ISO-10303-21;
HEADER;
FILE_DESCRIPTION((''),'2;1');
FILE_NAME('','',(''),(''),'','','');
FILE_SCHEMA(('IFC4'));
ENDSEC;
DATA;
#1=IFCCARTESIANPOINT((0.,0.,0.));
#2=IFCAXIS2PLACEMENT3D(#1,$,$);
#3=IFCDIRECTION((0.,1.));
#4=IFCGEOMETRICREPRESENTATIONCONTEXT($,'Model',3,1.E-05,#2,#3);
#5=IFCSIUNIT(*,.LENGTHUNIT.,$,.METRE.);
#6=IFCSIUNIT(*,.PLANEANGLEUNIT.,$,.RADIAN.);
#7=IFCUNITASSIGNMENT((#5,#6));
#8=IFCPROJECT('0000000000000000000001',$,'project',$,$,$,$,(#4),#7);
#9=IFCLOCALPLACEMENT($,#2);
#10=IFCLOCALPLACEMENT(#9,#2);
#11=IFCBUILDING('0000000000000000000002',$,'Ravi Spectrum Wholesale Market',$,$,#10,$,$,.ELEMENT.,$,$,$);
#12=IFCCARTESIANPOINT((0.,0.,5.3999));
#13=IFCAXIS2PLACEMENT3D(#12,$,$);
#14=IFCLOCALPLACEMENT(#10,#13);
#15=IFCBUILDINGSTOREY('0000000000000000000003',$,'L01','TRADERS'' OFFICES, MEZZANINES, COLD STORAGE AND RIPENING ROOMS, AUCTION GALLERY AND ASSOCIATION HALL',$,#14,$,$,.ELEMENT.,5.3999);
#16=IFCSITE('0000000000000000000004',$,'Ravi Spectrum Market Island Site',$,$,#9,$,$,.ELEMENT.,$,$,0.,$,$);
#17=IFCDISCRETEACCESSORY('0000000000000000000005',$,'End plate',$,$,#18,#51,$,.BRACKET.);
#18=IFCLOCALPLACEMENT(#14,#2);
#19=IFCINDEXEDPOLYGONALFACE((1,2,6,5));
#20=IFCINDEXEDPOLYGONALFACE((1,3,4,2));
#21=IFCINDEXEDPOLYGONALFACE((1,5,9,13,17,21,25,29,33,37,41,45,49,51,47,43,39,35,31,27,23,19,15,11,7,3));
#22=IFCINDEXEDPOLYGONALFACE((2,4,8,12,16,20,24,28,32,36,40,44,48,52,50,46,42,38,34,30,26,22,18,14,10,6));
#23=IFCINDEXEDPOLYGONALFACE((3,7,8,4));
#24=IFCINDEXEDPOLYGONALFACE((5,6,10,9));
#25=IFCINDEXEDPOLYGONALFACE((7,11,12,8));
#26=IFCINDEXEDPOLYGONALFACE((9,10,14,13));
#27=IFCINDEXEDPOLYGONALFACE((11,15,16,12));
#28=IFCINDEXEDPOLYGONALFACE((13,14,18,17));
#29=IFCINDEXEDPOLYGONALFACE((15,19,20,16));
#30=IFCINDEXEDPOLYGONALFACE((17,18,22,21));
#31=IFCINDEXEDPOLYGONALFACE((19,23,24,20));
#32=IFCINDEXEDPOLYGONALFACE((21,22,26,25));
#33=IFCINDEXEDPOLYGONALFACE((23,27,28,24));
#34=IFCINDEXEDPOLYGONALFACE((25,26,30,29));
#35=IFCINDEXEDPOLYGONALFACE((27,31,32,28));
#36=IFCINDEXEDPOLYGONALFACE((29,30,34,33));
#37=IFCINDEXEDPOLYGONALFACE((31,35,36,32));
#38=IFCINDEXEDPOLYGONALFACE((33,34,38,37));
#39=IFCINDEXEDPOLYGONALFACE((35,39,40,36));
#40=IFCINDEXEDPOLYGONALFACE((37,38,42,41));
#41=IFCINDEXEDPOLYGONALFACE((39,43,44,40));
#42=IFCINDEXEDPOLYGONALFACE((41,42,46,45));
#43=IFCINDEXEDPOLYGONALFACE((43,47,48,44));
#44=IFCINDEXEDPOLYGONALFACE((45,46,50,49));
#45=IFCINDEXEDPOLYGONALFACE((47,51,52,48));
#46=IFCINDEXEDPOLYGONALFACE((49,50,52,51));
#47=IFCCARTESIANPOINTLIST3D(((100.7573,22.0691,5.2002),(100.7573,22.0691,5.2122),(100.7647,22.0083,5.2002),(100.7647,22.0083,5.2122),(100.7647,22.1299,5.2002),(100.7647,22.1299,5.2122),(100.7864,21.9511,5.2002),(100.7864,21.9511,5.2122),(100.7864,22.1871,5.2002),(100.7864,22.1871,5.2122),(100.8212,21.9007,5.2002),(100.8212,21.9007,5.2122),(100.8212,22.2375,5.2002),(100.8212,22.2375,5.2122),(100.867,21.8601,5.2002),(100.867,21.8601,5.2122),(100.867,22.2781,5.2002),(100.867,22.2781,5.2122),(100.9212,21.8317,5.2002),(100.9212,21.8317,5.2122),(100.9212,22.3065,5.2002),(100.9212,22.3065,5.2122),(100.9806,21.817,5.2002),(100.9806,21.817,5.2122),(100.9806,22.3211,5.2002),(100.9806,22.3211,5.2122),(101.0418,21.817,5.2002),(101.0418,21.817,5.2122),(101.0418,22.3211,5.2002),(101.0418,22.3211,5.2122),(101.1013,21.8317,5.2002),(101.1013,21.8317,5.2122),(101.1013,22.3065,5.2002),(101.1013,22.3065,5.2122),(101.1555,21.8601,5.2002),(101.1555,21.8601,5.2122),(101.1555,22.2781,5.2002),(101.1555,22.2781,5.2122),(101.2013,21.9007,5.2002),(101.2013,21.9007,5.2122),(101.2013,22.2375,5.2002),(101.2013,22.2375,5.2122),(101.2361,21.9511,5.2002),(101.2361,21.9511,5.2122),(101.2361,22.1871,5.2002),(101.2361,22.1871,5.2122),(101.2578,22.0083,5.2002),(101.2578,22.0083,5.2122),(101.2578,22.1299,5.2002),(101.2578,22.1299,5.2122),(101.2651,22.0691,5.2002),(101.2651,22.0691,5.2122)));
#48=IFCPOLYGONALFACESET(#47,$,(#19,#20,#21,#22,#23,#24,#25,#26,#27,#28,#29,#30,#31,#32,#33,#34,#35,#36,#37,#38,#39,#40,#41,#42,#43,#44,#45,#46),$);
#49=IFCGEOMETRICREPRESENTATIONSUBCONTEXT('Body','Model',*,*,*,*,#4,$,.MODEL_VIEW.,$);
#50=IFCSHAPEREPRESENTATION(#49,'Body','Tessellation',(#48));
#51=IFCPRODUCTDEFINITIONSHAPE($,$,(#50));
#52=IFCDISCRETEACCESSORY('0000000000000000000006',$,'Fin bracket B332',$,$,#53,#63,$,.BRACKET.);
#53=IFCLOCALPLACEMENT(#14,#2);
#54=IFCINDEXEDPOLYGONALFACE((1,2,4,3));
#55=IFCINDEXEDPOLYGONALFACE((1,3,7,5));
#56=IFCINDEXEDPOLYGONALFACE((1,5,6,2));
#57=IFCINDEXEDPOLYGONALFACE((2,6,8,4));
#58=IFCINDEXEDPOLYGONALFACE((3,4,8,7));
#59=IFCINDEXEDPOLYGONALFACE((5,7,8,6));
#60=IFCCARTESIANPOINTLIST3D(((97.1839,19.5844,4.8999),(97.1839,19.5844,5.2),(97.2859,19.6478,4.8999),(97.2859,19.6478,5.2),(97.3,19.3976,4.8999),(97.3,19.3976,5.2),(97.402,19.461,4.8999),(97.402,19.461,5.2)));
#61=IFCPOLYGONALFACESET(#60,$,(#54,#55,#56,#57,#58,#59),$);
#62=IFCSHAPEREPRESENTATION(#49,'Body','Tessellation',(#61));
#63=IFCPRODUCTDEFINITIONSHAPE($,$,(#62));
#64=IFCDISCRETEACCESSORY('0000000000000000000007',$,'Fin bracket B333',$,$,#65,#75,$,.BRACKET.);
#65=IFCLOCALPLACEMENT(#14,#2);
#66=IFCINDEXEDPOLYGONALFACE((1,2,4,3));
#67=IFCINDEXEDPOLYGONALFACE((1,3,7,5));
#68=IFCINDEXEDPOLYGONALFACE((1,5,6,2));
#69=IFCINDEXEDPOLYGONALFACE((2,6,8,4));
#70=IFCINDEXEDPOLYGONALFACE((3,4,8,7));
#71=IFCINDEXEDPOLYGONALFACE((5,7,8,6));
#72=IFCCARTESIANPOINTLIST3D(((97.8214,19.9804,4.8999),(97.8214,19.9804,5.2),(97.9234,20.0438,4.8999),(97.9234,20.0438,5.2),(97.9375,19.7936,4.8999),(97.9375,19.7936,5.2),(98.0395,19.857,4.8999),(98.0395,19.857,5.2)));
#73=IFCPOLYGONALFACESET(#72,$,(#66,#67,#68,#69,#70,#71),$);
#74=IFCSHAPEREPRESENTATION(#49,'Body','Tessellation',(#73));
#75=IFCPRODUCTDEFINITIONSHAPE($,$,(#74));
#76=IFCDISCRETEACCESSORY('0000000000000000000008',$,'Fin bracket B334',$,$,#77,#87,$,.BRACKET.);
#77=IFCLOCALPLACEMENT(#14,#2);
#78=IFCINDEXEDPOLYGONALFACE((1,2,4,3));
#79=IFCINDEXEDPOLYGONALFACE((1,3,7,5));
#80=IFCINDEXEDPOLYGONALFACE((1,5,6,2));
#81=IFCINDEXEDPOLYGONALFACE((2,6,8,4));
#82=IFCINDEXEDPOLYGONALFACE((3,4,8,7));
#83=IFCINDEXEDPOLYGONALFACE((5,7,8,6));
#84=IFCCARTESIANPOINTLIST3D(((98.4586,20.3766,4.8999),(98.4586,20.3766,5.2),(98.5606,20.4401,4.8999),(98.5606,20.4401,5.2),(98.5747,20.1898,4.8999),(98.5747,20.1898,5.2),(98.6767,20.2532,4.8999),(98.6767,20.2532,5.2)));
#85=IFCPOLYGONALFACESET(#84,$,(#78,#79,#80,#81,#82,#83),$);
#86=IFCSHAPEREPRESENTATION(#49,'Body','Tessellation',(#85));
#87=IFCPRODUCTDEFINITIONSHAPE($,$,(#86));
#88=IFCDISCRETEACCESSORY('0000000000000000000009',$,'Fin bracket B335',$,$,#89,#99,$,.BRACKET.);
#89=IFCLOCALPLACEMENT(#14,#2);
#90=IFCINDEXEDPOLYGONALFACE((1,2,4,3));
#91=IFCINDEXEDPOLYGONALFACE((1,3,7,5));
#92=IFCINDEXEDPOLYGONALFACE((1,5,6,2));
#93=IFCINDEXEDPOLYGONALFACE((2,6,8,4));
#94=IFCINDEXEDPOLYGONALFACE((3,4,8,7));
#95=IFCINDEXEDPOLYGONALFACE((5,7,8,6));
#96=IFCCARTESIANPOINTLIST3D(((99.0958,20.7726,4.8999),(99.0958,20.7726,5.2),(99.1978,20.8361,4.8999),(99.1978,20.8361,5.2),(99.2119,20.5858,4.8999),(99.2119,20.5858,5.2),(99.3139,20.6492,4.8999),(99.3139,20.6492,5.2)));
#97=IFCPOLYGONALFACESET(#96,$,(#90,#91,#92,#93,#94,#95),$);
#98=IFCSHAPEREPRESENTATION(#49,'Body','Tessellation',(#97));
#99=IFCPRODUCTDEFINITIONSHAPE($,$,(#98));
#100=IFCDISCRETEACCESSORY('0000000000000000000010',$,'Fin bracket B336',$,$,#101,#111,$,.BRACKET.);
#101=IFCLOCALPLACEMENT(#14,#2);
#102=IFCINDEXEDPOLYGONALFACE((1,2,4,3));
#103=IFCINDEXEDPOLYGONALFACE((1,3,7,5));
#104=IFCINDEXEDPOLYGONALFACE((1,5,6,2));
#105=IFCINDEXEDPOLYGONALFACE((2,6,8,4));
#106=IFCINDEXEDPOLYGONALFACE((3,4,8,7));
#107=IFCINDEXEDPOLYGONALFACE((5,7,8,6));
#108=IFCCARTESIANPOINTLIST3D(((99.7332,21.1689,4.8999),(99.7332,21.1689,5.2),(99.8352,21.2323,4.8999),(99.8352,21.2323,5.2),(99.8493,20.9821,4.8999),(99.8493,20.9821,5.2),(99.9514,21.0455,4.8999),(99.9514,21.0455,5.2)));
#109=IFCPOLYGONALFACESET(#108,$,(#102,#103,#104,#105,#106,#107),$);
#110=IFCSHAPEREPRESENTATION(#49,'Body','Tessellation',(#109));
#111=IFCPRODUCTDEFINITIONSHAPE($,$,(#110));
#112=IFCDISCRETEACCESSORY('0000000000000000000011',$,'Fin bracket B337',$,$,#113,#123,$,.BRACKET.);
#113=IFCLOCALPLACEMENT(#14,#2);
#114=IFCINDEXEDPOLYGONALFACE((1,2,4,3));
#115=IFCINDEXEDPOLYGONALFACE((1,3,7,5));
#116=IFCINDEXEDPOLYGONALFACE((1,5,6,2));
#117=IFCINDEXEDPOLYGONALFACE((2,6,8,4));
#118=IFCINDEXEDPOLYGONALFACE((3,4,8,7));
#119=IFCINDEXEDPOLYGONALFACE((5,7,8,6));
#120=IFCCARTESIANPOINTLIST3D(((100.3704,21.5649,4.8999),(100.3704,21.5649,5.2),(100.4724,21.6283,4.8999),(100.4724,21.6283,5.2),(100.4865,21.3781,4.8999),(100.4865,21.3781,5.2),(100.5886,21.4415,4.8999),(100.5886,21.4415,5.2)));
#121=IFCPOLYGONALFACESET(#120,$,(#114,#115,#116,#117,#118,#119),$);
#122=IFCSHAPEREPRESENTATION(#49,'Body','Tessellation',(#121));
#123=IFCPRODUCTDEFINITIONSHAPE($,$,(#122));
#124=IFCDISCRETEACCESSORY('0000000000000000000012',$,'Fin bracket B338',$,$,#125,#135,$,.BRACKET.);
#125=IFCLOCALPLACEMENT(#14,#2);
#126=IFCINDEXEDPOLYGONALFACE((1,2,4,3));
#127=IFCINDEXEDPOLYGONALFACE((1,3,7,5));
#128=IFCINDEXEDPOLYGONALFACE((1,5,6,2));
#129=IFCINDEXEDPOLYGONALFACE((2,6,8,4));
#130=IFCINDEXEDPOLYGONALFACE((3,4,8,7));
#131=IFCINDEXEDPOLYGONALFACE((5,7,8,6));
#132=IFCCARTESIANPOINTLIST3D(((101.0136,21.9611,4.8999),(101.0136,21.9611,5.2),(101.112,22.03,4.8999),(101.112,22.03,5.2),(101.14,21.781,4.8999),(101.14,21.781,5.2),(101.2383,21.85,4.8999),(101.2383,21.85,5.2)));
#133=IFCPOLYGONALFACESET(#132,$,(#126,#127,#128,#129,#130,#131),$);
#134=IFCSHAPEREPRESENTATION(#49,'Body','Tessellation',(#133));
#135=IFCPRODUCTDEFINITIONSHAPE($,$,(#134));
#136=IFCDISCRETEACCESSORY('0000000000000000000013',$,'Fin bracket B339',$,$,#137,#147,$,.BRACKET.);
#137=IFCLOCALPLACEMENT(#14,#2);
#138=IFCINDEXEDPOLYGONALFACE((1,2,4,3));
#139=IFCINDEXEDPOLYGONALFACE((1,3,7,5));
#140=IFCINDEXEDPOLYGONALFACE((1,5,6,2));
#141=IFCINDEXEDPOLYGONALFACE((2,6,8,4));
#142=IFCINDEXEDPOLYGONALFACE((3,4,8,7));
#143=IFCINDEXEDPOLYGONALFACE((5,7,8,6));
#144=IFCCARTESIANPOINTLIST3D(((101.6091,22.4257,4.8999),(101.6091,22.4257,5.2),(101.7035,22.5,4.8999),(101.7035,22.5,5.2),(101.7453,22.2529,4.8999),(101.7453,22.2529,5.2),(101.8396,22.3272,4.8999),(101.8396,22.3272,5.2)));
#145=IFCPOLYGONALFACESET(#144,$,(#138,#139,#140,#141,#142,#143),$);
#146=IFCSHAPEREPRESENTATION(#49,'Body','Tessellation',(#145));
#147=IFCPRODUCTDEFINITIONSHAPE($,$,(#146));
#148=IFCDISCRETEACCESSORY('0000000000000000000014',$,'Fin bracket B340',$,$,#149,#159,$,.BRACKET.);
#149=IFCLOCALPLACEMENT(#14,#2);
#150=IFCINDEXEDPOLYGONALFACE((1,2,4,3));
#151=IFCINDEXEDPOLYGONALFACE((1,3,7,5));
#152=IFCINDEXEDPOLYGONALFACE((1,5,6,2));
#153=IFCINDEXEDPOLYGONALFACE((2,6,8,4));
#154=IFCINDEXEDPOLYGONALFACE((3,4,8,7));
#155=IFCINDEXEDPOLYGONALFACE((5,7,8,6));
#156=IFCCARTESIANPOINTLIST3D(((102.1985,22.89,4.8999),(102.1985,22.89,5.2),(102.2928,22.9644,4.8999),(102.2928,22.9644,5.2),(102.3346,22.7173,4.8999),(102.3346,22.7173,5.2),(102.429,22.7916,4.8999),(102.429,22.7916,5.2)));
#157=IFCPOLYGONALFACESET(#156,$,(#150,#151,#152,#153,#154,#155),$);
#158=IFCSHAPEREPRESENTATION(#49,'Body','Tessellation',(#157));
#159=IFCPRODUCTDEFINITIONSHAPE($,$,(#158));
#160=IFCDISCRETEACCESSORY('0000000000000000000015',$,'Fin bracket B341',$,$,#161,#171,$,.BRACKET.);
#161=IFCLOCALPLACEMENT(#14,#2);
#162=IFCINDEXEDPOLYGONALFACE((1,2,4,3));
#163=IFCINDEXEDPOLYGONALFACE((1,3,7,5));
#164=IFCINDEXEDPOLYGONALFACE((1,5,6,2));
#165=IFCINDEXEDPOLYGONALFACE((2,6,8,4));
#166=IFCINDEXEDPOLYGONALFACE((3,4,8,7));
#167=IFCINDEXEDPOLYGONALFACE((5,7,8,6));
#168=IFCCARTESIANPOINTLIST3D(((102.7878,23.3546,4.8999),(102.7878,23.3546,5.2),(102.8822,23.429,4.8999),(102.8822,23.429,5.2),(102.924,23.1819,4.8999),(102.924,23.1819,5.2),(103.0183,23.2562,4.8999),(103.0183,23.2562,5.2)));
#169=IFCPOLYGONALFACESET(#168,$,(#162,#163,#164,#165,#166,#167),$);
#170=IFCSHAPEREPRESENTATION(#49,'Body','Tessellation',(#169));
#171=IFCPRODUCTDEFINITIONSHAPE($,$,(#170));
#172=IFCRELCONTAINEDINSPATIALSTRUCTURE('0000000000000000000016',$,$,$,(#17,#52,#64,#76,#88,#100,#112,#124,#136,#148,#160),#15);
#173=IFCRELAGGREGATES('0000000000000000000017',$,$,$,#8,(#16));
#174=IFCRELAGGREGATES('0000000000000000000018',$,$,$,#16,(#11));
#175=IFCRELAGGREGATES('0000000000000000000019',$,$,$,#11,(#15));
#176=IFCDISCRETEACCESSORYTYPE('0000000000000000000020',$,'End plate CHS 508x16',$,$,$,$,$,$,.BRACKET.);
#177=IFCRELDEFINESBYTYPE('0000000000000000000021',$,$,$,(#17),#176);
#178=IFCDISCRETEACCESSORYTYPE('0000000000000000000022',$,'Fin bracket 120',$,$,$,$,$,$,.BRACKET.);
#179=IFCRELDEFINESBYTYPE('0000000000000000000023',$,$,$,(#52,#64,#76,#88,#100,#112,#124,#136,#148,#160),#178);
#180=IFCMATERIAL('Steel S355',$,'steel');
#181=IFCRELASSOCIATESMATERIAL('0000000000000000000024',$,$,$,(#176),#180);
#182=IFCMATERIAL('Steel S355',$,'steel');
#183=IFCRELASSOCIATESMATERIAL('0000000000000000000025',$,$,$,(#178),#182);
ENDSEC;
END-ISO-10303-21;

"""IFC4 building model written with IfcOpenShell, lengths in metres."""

from ifc_helpers import new_model, si_unit, direction, frame, origin, origin_2d, place, context, subcontext, project, spatial, rectangle, circle, extrude, material, material_profile, profile_set, type_object, element, save


model = new_model("IFC4")

# Units and contexts
model_context = context("Model", 3, precision=1e-05, world=origin(), true_north=direction((0.0, 1.0)))
body_context = subcontext(model_context, "Body", "Model", "MODEL_VIEW")
ifc_project = project(units=[si_unit("LENGTHUNIT", "METRE"), si_unit("PLANEANGLEUNIT", "RADIAN")], contexts=[model_context])

# Site, building, storey
site_placement = place(None, origin())
site = spatial("IfcSite", under=ifc_project, at=site_placement, Name="Ravi Spectrum Market Island Site", CompositionType="ELEMENT", RefElevation=0.0)
building_placement = place(site_placement, origin())
building = spatial("IfcBuilding", under=site, at=building_placement, Name="Ravi Spectrum Wholesale Market", CompositionType="ELEMENT")
storey_placement = place(building_placement, frame((0.0, 0.0, 5.3999)))
storey = spatial("IfcBuildingStorey", under=building, at=storey_placement, Name="L01", Description="TRADERS' OFFICES, MEZZANINES, COLD STORAGE AND RIPENING ROOMS, AUCTION GALLERY AND ASSOCIATION HALL", CompositionType="ELEMENT", Elevation=5.3999)

# Discrete accessories
ifc_material_1 = material(Name="Steel S355", Category="steel")
ifc_material_profile_1 = material_profile(ifc_material_1, circle(Radius=0.2539, at=origin_2d()))
ifc_profile_set_1 = profile_set([ifc_material_profile_1], Name="Steel S355")
discrete_accessory_type_1 = type_object("IfcDiscreteAccessoryType", Name="End plate CHS 508x16", PredefinedType="BRACKET", material=ifc_profile_set_1)
discrete_accessory_placement = place(storey_placement, frame((101.0112, 22.0691, 5.2002), z_axis=(0.0, 0.0, 1.0), x_axis=(1.0, 0.0, 0.0)))
element("IfcDiscreteAccessory", 1, at=discrete_accessory_placement, inside=storey, type_object=discrete_accessory_type_1, Name="End plate", PredefinedType="BRACKET", context=body_context, shape_type="SweptSolid", body=[
    extrude(circle(Radius=0.2539, at=origin_2d()), origin(), (0.0, 0.0, 1.0), 0.012),
])
ifc_material_2 = material(Name="Steel S355", Category="steel")
discrete_accessory_type_2 = type_object("IfcDiscreteAccessoryType", Name="Fin bracket 120", PredefinedType="BRACKET", material=ifc_material_2)
for number, where, z_axis, x_axis, name in (
    (2, (97.293, 19.5227, 4.8999), (0.0, 0.0, 1.0), (0.849312, 0.527891, 0.0), "Fin bracket B332"),
    (3, (97.9304, 19.9187, 4.8999), (0.0, 0.0, 1.0), (0.849312, 0.527891, 0.0), "Fin bracket B333"),
    (4, (98.5676, 20.3149, 4.8999), (0.0, 0.0, 1.0), (0.849312, 0.527891, 0.0), "Fin bracket B334"),
    (5, (99.2048, 20.7109, 4.8999), (0.0, 0.0, 1.0), (0.849312, 0.527891, 0.0), "Fin bracket B335"),
    (6, (99.8423, 21.1072, 4.8999), (0.0, 0.0, 1.0), (0.849312, 0.527891, 0.0), "Fin bracket B336"),
    (7, (100.4795, 21.5032, 4.8999), (0.0, 0.0, 1.0), (0.849312, 0.527891, 0.0), "Fin bracket B337"),
    (8, (101.126, 21.9055, 4.8999), (0.0, 0.0, 1.0), (0.818658, 0.574282, 0.0), "Fin bracket B338"),
    (9, (101.7244, 22.3765, 4.8999), (0.0, 0.0, 1.0), (0.785472, 0.618897, 0.0), "Fin bracket B339"),
    (10, (102.3137, 22.8408, 4.8999), (0.0, 0.0, 1.0), (0.785472, 0.618897, 0.0), "Fin bracket B340"),
    (11, (102.9031, 23.3054, 4.8999), (0.0, 0.0, 1.0), (0.785472, 0.618897, 0.0), "Fin bracket B341"),
):
    element("IfcDiscreteAccessory", number, at=place(storey_placement, frame(where, z_axis=z_axis, x_axis=x_axis)), inside=storey, type_object=discrete_accessory_type_2, Name=name, PredefinedType="BRACKET", context=body_context, shape_type="SweptSolid", body=[
        extrude(rectangle(XDim=0.1201, YDim=0.22, at=origin_2d()), origin(), (0.0, 0.0, 1.0), 0.3),
    ])

save(model, "model.ifc")
